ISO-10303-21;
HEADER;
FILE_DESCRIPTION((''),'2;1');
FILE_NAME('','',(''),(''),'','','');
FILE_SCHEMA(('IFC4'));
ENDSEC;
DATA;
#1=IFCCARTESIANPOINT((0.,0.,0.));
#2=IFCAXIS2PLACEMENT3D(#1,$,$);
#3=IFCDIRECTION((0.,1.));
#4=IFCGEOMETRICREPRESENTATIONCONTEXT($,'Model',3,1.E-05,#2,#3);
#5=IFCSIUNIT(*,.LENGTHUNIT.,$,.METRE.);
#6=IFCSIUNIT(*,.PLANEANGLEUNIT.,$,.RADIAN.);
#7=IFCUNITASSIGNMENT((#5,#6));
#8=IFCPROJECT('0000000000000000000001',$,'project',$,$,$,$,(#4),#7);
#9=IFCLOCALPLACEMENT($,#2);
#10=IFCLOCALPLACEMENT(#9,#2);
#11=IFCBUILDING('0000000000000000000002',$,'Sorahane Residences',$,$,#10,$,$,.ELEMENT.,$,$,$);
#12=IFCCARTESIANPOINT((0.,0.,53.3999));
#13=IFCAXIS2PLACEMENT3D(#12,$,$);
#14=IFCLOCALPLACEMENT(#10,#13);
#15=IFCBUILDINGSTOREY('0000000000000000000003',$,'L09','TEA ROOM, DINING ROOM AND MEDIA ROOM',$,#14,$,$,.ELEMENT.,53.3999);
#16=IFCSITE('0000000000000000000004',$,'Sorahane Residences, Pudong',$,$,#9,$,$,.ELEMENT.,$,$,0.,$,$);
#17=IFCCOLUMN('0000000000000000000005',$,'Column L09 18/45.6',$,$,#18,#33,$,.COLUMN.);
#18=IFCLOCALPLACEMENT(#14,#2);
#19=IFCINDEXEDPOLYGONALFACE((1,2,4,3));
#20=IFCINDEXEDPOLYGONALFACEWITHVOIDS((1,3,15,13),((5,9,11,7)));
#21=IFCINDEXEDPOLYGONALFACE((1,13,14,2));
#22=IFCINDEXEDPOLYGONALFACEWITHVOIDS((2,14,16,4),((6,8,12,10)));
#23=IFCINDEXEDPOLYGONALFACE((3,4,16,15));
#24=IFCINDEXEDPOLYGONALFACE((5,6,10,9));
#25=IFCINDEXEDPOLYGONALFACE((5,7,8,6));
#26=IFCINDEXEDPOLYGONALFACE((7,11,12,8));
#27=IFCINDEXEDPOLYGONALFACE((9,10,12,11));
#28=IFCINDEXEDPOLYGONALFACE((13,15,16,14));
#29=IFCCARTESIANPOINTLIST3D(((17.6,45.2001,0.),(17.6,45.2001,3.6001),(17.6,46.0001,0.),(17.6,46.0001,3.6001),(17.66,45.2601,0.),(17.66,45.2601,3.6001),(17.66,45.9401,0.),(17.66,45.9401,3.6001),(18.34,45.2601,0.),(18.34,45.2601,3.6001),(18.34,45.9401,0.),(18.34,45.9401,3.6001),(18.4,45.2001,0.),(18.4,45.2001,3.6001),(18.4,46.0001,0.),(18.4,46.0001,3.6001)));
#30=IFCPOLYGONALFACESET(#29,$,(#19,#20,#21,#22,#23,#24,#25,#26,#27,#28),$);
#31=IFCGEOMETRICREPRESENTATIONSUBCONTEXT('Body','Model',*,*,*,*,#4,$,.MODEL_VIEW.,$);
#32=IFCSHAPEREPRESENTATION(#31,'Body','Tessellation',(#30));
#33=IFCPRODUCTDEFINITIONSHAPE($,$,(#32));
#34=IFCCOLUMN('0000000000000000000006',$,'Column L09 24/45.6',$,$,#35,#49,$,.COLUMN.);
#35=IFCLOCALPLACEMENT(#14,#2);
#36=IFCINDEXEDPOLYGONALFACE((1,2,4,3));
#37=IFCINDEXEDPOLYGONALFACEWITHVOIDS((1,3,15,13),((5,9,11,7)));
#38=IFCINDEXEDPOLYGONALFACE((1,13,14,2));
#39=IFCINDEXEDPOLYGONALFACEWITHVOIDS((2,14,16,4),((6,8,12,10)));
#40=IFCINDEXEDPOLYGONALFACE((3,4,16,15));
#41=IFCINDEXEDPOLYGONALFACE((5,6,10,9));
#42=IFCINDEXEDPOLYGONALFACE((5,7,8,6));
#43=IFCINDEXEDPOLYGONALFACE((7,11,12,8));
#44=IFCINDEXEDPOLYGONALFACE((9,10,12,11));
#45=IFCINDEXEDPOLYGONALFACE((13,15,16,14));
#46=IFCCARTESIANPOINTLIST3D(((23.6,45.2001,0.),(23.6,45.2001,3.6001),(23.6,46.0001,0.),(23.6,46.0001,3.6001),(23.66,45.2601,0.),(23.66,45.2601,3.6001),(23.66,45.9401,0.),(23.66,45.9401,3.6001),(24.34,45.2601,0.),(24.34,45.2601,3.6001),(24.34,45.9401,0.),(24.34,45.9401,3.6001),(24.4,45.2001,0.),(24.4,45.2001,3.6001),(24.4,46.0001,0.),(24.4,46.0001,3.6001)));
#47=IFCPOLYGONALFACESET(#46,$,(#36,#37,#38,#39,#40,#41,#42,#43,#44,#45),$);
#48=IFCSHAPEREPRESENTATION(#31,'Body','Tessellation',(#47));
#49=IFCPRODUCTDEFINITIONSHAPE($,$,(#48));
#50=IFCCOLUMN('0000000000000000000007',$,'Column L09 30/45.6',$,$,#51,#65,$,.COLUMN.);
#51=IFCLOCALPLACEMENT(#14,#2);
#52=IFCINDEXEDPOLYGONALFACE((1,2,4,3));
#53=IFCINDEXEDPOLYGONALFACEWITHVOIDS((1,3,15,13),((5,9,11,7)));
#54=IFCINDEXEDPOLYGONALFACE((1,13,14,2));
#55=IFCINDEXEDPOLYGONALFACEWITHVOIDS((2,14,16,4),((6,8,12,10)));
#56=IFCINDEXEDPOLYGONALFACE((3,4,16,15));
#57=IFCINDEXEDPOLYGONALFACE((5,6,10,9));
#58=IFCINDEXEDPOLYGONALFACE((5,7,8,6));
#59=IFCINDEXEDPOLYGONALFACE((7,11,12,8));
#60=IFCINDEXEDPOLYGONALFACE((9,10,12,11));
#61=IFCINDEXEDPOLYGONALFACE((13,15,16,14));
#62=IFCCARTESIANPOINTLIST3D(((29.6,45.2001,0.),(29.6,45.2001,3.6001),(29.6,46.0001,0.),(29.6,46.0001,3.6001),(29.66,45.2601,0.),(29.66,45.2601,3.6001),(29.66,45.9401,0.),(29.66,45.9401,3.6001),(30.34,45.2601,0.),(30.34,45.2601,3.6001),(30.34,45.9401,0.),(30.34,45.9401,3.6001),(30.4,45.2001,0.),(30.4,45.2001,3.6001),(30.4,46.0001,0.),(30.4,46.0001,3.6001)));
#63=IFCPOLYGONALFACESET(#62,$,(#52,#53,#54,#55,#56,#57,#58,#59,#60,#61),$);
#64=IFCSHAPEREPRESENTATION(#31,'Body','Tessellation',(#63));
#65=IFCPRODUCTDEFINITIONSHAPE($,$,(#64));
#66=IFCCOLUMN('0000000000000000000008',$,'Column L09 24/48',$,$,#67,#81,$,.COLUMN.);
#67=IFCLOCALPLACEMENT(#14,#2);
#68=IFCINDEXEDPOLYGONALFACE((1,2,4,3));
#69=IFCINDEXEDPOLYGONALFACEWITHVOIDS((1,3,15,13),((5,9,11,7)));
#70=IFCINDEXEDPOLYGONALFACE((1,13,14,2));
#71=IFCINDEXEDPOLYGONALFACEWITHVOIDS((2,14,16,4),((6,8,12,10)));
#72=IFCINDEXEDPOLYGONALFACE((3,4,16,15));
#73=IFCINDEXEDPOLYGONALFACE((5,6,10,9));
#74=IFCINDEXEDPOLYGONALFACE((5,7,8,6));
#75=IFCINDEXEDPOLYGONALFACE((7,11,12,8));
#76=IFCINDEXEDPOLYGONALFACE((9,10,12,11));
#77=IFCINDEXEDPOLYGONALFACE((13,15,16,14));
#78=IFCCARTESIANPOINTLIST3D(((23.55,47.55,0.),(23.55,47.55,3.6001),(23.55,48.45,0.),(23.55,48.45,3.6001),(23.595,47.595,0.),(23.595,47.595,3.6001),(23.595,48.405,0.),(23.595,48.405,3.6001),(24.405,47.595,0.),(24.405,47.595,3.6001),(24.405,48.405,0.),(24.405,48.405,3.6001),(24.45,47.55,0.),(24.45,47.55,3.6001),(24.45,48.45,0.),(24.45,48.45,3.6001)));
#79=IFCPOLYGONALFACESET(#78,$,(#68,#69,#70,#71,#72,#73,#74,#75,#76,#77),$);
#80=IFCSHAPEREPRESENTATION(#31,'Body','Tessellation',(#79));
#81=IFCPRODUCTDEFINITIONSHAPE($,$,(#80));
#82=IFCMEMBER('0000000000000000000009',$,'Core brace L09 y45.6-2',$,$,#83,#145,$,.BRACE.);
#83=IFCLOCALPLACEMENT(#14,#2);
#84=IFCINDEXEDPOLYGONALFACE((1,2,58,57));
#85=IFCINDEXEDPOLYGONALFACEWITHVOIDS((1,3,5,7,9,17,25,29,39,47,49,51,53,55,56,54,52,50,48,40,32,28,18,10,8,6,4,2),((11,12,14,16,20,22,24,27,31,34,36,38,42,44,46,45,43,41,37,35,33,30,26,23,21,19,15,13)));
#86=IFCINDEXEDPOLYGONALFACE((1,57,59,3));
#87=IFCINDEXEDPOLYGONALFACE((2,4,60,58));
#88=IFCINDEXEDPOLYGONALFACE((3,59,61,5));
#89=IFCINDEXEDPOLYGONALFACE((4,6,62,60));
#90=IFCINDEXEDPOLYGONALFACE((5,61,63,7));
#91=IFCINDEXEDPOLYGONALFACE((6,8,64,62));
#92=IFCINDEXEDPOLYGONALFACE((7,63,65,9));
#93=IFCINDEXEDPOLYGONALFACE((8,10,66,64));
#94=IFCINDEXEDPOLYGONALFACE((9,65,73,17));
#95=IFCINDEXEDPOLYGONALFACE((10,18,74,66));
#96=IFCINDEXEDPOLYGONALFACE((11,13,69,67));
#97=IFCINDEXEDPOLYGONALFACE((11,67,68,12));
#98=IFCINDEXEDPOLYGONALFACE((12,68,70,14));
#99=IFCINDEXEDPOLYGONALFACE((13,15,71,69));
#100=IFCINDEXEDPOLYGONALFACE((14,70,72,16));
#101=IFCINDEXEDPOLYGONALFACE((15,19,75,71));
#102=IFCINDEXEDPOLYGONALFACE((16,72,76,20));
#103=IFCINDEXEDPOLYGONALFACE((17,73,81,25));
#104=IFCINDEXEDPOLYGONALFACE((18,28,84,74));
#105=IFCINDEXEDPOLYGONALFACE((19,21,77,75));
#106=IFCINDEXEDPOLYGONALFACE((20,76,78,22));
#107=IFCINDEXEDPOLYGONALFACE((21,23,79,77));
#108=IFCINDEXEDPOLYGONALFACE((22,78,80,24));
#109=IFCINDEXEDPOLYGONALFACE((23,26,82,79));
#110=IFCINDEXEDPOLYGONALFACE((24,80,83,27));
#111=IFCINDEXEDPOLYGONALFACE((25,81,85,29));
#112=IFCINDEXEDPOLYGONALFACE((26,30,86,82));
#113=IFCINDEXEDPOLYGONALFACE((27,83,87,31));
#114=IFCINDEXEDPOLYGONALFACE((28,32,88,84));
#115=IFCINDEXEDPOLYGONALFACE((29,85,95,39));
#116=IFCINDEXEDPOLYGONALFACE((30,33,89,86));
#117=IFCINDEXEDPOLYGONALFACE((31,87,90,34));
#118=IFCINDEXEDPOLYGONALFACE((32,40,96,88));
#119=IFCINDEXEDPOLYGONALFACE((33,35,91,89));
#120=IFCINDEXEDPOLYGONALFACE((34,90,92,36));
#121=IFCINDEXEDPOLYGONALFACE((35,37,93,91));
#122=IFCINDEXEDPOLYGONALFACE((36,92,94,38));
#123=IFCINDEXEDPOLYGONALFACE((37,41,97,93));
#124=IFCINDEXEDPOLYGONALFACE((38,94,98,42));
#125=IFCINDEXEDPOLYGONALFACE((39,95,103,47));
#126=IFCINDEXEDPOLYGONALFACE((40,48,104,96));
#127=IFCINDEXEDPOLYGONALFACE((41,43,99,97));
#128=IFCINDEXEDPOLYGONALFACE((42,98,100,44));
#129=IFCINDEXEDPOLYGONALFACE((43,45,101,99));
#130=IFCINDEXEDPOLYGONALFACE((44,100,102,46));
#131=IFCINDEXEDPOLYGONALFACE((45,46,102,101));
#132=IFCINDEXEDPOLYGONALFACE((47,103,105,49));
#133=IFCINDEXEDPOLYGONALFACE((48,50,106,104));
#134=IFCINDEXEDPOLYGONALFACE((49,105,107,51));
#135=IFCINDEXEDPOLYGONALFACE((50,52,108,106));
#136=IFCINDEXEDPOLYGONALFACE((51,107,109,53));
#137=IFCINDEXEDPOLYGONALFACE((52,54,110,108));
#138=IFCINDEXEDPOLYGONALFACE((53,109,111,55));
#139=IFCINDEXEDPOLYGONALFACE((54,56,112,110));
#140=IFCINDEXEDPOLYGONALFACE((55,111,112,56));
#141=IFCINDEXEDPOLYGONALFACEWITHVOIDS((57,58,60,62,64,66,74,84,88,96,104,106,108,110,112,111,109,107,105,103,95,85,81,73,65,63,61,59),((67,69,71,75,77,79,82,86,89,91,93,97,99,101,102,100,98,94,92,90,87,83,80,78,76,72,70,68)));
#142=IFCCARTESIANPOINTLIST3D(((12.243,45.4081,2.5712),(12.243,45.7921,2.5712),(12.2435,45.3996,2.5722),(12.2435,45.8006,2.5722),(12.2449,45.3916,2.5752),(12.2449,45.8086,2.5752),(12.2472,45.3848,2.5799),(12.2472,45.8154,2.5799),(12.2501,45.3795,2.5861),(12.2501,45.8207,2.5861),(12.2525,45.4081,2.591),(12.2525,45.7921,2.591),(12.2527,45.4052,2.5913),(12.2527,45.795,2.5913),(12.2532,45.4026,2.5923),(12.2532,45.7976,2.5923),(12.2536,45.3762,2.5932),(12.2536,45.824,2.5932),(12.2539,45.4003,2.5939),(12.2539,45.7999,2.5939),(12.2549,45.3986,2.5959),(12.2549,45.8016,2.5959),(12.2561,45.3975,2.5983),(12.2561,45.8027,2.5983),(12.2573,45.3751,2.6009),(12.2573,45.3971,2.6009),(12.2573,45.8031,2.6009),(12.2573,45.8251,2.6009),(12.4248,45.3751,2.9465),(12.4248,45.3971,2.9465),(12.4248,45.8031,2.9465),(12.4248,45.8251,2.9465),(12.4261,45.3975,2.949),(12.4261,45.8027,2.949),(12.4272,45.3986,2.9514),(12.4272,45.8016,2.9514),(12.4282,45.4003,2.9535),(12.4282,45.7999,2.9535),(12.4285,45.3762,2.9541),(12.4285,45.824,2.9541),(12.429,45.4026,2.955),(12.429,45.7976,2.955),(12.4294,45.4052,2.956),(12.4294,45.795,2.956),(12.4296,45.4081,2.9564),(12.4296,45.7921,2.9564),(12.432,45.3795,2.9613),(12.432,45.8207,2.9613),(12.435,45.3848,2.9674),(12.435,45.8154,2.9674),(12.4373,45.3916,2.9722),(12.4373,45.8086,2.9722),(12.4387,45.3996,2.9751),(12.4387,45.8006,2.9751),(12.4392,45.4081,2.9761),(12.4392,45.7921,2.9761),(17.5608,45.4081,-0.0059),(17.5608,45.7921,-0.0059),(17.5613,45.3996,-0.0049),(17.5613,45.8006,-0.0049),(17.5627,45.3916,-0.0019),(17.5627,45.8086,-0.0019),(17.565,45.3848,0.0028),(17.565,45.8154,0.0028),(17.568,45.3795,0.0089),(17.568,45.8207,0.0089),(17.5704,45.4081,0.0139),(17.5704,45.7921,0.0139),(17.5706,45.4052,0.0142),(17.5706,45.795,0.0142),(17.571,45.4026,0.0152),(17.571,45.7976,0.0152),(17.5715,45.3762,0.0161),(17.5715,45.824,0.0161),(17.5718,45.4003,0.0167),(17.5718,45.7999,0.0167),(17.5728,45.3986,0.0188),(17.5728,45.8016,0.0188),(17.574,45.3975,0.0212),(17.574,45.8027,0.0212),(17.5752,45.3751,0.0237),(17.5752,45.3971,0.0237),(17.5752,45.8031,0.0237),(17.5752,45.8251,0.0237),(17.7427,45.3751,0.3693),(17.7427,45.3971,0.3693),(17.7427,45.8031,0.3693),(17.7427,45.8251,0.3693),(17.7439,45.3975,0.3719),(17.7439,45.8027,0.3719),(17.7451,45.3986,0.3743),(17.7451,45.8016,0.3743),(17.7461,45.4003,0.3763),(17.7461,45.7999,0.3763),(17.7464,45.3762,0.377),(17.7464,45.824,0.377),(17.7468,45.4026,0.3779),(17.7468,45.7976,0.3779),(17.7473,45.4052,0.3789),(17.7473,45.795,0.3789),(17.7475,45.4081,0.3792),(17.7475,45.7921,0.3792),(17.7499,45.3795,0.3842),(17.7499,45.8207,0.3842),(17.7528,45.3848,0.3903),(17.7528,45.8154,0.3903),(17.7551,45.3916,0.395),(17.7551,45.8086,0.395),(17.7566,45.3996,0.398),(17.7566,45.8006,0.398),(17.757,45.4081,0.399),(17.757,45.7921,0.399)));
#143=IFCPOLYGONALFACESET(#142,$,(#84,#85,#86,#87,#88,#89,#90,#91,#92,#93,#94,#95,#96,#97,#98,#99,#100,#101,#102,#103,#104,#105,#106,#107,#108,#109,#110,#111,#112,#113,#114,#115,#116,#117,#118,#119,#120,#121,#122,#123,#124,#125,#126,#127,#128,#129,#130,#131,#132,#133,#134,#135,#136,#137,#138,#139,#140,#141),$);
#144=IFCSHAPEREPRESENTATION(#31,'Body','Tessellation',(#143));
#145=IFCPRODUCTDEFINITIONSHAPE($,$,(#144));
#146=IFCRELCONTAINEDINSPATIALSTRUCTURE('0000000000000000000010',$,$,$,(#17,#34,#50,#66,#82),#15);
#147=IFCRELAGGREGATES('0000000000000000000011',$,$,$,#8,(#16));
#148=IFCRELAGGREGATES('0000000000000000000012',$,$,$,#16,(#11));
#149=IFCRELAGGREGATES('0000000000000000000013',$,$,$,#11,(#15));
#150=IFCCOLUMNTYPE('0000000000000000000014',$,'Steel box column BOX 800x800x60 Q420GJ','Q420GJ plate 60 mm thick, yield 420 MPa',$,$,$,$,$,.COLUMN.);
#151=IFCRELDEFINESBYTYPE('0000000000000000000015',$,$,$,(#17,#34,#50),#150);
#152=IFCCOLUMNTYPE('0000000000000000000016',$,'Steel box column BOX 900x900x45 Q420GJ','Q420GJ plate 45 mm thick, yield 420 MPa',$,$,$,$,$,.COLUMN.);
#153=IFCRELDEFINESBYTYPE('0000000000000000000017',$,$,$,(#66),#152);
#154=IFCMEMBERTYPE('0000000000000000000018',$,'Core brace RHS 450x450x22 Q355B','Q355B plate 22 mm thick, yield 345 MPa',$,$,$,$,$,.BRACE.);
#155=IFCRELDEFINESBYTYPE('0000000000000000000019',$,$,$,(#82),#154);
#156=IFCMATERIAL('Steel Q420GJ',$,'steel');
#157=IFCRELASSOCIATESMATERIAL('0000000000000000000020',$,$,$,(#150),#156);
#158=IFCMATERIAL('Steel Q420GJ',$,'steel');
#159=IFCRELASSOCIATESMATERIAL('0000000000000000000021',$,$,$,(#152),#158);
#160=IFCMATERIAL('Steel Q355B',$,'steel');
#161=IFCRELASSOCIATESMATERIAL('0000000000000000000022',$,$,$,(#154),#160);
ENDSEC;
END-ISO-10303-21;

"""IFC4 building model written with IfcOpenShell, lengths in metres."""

from ifc_helpers import new_model, si_unit, direction, frame, origin, origin_2d, place, context, subcontext, project, spatial, hollow_rectangle, extrude, material, material_profile, profile_set, type_object, element, save


model = new_model("IFC4")

# Units and contexts
model_context = context("Model", 3, precision=1e-05, world=origin(), true_north=direction((0.0, 1.0)))
body_context = subcontext(model_context, "Body", "Model", "MODEL_VIEW")
ifc_project = project(units=[si_unit("LENGTHUNIT", "METRE"), si_unit("PLANEANGLEUNIT", "RADIAN")], contexts=[model_context])

# Site, building, storey
site_placement = place(None, origin())
site = spatial("IfcSite", under=ifc_project, at=site_placement, Name="Sorahane Residences, Pudong", CompositionType="ELEMENT", RefElevation=0.0)
building_placement = place(site_placement, origin())
building = spatial("IfcBuilding", under=site, at=building_placement, Name="Sorahane Residences", CompositionType="ELEMENT")
storey_placement = place(building_placement, frame((0.0, 0.0, 53.3999)))
storey = spatial("IfcBuildingStorey", under=building, at=storey_placement, Name="L09", Description="TEA ROOM, DINING ROOM AND MEDIA ROOM", CompositionType="ELEMENT", Elevation=53.3999)

# Columns
ifc_material_1 = material(Name="Steel Q420GJ", Category="steel")
ifc_material_profile_1 = material_profile(ifc_material_1, hollow_rectangle(XDim=0.8, YDim=0.8, WallThickness=0.0601, at=origin_2d()), Name="BOX 800x800x60")
ifc_profile_set_1 = profile_set([ifc_material_profile_1], Name="Steel Q420GJ")
column_type_1 = type_object("IfcColumnType", Name="Steel box column BOX 800x800x60 Q420GJ", Description="Q420GJ plate 60 mm thick, yield 420 MPa", PredefinedType="COLUMN", material=ifc_profile_set_1)
for number, where, z_axis, x_axis, name in (
    (1, (18.0, 45.6001, 0.0), (0.0, 0.0, 1.0), (1.0, 0.0, 0.0), "Column L09 18/45.6"),
    (2, (24.0, 45.6001, 0.0), (0.0, 0.0, 1.0), (1.0, 0.0, 0.0), "Column L09 24/45.6"),
    (3, (30.0, 45.6001, 0.0), (0.0, 0.0, 1.0), (1.0, 0.0, 0.0), "Column L09 30/45.6"),
):
    element("IfcColumn", number, at=place(storey_placement, frame(where, z_axis=z_axis, x_axis=x_axis)), inside=storey, type_object=column_type_1, Name=name, PredefinedType="COLUMN", context=body_context, shape_type="SweptSolid", body=[
        extrude(hollow_rectangle(XDim=0.8, YDim=0.8, WallThickness=0.0601, at=origin_2d()), origin(), (0.0, 0.0, 1.0), 3.6001),
    ])
ifc_material_2 = material(Name="Steel Q420GJ", Category="steel")
ifc_material_profile_2 = material_profile(ifc_material_2, hollow_rectangle(XDim=0.8999, YDim=0.8999, WallThickness=0.0449, at=origin_2d()), Name="BOX 900x900x45")
ifc_profile_set_2 = profile_set([ifc_material_profile_2], Name="Steel Q420GJ")
column_type_2 = type_object("IfcColumnType", Name="Steel box column BOX 900x900x45 Q420GJ", Description="Q420GJ plate 45 mm thick, yield 420 MPa", PredefinedType="COLUMN", material=ifc_profile_set_2)
column_placement = place(storey_placement, frame((24.0, 48.0, 0.0), z_axis=(0.0, 0.0, 1.0), x_axis=(1.0, 0.0, 0.0)))
element("IfcColumn", 4, at=column_placement, inside=storey, type_object=column_type_2, Name="Column L09 24/48", PredefinedType="COLUMN", context=body_context, shape_type="SweptSolid", body=[
    extrude(hollow_rectangle(XDim=0.8999, YDim=0.8999, WallThickness=0.0449, at=origin_2d()), origin(), (0.0, 0.0, 1.0), 3.6001),
])

# Member
ifc_material_3 = material(Name="Steel Q355B", Category="steel")
ifc_material_profile_3 = material_profile(ifc_material_3, hollow_rectangle(XDim=0.45, YDim=0.45, WallThickness=0.022, InnerFilletRadius=0.011, OuterFilletRadius=0.033, at=origin_2d()), Name="RHS 450x450x22")
ifc_profile_set_3 = profile_set([ifc_material_profile_3], Name="Steel Q355B")
member_type_1 = type_object("IfcMemberType", Name="Core brace RHS 450x450x22 Q355B", Description="Q355B plate 22 mm thick, yield 345 MPa", PredefinedType="BRACE", material=ifc_profile_set_3)
for number, where, z_axis, x_axis, name in (
    (5, (17.6589, 45.6001, 0.1965), (-0.899895, 0.0, 0.436107), (0.0, -1.0, 0.0), "Core brace L09 y45.6-2"),
):
    element("IfcMember", number, at=place(storey_placement, frame(where, z_axis=z_axis, x_axis=x_axis)), inside=storey, type_object=member_type_1, Name=name, PredefinedType="BRACE", context=body_context, shape_type="SweptSolid", body=[
        extrude(hollow_rectangle(XDim=0.45, YDim=0.45, WallThickness=0.022, InnerFilletRadius=0.011, OuterFilletRadius=0.033, at=origin_2d()), origin(), (0.0, 0.0, 1.0), 5.9094),
    ])

save(model, "model.ifc")
